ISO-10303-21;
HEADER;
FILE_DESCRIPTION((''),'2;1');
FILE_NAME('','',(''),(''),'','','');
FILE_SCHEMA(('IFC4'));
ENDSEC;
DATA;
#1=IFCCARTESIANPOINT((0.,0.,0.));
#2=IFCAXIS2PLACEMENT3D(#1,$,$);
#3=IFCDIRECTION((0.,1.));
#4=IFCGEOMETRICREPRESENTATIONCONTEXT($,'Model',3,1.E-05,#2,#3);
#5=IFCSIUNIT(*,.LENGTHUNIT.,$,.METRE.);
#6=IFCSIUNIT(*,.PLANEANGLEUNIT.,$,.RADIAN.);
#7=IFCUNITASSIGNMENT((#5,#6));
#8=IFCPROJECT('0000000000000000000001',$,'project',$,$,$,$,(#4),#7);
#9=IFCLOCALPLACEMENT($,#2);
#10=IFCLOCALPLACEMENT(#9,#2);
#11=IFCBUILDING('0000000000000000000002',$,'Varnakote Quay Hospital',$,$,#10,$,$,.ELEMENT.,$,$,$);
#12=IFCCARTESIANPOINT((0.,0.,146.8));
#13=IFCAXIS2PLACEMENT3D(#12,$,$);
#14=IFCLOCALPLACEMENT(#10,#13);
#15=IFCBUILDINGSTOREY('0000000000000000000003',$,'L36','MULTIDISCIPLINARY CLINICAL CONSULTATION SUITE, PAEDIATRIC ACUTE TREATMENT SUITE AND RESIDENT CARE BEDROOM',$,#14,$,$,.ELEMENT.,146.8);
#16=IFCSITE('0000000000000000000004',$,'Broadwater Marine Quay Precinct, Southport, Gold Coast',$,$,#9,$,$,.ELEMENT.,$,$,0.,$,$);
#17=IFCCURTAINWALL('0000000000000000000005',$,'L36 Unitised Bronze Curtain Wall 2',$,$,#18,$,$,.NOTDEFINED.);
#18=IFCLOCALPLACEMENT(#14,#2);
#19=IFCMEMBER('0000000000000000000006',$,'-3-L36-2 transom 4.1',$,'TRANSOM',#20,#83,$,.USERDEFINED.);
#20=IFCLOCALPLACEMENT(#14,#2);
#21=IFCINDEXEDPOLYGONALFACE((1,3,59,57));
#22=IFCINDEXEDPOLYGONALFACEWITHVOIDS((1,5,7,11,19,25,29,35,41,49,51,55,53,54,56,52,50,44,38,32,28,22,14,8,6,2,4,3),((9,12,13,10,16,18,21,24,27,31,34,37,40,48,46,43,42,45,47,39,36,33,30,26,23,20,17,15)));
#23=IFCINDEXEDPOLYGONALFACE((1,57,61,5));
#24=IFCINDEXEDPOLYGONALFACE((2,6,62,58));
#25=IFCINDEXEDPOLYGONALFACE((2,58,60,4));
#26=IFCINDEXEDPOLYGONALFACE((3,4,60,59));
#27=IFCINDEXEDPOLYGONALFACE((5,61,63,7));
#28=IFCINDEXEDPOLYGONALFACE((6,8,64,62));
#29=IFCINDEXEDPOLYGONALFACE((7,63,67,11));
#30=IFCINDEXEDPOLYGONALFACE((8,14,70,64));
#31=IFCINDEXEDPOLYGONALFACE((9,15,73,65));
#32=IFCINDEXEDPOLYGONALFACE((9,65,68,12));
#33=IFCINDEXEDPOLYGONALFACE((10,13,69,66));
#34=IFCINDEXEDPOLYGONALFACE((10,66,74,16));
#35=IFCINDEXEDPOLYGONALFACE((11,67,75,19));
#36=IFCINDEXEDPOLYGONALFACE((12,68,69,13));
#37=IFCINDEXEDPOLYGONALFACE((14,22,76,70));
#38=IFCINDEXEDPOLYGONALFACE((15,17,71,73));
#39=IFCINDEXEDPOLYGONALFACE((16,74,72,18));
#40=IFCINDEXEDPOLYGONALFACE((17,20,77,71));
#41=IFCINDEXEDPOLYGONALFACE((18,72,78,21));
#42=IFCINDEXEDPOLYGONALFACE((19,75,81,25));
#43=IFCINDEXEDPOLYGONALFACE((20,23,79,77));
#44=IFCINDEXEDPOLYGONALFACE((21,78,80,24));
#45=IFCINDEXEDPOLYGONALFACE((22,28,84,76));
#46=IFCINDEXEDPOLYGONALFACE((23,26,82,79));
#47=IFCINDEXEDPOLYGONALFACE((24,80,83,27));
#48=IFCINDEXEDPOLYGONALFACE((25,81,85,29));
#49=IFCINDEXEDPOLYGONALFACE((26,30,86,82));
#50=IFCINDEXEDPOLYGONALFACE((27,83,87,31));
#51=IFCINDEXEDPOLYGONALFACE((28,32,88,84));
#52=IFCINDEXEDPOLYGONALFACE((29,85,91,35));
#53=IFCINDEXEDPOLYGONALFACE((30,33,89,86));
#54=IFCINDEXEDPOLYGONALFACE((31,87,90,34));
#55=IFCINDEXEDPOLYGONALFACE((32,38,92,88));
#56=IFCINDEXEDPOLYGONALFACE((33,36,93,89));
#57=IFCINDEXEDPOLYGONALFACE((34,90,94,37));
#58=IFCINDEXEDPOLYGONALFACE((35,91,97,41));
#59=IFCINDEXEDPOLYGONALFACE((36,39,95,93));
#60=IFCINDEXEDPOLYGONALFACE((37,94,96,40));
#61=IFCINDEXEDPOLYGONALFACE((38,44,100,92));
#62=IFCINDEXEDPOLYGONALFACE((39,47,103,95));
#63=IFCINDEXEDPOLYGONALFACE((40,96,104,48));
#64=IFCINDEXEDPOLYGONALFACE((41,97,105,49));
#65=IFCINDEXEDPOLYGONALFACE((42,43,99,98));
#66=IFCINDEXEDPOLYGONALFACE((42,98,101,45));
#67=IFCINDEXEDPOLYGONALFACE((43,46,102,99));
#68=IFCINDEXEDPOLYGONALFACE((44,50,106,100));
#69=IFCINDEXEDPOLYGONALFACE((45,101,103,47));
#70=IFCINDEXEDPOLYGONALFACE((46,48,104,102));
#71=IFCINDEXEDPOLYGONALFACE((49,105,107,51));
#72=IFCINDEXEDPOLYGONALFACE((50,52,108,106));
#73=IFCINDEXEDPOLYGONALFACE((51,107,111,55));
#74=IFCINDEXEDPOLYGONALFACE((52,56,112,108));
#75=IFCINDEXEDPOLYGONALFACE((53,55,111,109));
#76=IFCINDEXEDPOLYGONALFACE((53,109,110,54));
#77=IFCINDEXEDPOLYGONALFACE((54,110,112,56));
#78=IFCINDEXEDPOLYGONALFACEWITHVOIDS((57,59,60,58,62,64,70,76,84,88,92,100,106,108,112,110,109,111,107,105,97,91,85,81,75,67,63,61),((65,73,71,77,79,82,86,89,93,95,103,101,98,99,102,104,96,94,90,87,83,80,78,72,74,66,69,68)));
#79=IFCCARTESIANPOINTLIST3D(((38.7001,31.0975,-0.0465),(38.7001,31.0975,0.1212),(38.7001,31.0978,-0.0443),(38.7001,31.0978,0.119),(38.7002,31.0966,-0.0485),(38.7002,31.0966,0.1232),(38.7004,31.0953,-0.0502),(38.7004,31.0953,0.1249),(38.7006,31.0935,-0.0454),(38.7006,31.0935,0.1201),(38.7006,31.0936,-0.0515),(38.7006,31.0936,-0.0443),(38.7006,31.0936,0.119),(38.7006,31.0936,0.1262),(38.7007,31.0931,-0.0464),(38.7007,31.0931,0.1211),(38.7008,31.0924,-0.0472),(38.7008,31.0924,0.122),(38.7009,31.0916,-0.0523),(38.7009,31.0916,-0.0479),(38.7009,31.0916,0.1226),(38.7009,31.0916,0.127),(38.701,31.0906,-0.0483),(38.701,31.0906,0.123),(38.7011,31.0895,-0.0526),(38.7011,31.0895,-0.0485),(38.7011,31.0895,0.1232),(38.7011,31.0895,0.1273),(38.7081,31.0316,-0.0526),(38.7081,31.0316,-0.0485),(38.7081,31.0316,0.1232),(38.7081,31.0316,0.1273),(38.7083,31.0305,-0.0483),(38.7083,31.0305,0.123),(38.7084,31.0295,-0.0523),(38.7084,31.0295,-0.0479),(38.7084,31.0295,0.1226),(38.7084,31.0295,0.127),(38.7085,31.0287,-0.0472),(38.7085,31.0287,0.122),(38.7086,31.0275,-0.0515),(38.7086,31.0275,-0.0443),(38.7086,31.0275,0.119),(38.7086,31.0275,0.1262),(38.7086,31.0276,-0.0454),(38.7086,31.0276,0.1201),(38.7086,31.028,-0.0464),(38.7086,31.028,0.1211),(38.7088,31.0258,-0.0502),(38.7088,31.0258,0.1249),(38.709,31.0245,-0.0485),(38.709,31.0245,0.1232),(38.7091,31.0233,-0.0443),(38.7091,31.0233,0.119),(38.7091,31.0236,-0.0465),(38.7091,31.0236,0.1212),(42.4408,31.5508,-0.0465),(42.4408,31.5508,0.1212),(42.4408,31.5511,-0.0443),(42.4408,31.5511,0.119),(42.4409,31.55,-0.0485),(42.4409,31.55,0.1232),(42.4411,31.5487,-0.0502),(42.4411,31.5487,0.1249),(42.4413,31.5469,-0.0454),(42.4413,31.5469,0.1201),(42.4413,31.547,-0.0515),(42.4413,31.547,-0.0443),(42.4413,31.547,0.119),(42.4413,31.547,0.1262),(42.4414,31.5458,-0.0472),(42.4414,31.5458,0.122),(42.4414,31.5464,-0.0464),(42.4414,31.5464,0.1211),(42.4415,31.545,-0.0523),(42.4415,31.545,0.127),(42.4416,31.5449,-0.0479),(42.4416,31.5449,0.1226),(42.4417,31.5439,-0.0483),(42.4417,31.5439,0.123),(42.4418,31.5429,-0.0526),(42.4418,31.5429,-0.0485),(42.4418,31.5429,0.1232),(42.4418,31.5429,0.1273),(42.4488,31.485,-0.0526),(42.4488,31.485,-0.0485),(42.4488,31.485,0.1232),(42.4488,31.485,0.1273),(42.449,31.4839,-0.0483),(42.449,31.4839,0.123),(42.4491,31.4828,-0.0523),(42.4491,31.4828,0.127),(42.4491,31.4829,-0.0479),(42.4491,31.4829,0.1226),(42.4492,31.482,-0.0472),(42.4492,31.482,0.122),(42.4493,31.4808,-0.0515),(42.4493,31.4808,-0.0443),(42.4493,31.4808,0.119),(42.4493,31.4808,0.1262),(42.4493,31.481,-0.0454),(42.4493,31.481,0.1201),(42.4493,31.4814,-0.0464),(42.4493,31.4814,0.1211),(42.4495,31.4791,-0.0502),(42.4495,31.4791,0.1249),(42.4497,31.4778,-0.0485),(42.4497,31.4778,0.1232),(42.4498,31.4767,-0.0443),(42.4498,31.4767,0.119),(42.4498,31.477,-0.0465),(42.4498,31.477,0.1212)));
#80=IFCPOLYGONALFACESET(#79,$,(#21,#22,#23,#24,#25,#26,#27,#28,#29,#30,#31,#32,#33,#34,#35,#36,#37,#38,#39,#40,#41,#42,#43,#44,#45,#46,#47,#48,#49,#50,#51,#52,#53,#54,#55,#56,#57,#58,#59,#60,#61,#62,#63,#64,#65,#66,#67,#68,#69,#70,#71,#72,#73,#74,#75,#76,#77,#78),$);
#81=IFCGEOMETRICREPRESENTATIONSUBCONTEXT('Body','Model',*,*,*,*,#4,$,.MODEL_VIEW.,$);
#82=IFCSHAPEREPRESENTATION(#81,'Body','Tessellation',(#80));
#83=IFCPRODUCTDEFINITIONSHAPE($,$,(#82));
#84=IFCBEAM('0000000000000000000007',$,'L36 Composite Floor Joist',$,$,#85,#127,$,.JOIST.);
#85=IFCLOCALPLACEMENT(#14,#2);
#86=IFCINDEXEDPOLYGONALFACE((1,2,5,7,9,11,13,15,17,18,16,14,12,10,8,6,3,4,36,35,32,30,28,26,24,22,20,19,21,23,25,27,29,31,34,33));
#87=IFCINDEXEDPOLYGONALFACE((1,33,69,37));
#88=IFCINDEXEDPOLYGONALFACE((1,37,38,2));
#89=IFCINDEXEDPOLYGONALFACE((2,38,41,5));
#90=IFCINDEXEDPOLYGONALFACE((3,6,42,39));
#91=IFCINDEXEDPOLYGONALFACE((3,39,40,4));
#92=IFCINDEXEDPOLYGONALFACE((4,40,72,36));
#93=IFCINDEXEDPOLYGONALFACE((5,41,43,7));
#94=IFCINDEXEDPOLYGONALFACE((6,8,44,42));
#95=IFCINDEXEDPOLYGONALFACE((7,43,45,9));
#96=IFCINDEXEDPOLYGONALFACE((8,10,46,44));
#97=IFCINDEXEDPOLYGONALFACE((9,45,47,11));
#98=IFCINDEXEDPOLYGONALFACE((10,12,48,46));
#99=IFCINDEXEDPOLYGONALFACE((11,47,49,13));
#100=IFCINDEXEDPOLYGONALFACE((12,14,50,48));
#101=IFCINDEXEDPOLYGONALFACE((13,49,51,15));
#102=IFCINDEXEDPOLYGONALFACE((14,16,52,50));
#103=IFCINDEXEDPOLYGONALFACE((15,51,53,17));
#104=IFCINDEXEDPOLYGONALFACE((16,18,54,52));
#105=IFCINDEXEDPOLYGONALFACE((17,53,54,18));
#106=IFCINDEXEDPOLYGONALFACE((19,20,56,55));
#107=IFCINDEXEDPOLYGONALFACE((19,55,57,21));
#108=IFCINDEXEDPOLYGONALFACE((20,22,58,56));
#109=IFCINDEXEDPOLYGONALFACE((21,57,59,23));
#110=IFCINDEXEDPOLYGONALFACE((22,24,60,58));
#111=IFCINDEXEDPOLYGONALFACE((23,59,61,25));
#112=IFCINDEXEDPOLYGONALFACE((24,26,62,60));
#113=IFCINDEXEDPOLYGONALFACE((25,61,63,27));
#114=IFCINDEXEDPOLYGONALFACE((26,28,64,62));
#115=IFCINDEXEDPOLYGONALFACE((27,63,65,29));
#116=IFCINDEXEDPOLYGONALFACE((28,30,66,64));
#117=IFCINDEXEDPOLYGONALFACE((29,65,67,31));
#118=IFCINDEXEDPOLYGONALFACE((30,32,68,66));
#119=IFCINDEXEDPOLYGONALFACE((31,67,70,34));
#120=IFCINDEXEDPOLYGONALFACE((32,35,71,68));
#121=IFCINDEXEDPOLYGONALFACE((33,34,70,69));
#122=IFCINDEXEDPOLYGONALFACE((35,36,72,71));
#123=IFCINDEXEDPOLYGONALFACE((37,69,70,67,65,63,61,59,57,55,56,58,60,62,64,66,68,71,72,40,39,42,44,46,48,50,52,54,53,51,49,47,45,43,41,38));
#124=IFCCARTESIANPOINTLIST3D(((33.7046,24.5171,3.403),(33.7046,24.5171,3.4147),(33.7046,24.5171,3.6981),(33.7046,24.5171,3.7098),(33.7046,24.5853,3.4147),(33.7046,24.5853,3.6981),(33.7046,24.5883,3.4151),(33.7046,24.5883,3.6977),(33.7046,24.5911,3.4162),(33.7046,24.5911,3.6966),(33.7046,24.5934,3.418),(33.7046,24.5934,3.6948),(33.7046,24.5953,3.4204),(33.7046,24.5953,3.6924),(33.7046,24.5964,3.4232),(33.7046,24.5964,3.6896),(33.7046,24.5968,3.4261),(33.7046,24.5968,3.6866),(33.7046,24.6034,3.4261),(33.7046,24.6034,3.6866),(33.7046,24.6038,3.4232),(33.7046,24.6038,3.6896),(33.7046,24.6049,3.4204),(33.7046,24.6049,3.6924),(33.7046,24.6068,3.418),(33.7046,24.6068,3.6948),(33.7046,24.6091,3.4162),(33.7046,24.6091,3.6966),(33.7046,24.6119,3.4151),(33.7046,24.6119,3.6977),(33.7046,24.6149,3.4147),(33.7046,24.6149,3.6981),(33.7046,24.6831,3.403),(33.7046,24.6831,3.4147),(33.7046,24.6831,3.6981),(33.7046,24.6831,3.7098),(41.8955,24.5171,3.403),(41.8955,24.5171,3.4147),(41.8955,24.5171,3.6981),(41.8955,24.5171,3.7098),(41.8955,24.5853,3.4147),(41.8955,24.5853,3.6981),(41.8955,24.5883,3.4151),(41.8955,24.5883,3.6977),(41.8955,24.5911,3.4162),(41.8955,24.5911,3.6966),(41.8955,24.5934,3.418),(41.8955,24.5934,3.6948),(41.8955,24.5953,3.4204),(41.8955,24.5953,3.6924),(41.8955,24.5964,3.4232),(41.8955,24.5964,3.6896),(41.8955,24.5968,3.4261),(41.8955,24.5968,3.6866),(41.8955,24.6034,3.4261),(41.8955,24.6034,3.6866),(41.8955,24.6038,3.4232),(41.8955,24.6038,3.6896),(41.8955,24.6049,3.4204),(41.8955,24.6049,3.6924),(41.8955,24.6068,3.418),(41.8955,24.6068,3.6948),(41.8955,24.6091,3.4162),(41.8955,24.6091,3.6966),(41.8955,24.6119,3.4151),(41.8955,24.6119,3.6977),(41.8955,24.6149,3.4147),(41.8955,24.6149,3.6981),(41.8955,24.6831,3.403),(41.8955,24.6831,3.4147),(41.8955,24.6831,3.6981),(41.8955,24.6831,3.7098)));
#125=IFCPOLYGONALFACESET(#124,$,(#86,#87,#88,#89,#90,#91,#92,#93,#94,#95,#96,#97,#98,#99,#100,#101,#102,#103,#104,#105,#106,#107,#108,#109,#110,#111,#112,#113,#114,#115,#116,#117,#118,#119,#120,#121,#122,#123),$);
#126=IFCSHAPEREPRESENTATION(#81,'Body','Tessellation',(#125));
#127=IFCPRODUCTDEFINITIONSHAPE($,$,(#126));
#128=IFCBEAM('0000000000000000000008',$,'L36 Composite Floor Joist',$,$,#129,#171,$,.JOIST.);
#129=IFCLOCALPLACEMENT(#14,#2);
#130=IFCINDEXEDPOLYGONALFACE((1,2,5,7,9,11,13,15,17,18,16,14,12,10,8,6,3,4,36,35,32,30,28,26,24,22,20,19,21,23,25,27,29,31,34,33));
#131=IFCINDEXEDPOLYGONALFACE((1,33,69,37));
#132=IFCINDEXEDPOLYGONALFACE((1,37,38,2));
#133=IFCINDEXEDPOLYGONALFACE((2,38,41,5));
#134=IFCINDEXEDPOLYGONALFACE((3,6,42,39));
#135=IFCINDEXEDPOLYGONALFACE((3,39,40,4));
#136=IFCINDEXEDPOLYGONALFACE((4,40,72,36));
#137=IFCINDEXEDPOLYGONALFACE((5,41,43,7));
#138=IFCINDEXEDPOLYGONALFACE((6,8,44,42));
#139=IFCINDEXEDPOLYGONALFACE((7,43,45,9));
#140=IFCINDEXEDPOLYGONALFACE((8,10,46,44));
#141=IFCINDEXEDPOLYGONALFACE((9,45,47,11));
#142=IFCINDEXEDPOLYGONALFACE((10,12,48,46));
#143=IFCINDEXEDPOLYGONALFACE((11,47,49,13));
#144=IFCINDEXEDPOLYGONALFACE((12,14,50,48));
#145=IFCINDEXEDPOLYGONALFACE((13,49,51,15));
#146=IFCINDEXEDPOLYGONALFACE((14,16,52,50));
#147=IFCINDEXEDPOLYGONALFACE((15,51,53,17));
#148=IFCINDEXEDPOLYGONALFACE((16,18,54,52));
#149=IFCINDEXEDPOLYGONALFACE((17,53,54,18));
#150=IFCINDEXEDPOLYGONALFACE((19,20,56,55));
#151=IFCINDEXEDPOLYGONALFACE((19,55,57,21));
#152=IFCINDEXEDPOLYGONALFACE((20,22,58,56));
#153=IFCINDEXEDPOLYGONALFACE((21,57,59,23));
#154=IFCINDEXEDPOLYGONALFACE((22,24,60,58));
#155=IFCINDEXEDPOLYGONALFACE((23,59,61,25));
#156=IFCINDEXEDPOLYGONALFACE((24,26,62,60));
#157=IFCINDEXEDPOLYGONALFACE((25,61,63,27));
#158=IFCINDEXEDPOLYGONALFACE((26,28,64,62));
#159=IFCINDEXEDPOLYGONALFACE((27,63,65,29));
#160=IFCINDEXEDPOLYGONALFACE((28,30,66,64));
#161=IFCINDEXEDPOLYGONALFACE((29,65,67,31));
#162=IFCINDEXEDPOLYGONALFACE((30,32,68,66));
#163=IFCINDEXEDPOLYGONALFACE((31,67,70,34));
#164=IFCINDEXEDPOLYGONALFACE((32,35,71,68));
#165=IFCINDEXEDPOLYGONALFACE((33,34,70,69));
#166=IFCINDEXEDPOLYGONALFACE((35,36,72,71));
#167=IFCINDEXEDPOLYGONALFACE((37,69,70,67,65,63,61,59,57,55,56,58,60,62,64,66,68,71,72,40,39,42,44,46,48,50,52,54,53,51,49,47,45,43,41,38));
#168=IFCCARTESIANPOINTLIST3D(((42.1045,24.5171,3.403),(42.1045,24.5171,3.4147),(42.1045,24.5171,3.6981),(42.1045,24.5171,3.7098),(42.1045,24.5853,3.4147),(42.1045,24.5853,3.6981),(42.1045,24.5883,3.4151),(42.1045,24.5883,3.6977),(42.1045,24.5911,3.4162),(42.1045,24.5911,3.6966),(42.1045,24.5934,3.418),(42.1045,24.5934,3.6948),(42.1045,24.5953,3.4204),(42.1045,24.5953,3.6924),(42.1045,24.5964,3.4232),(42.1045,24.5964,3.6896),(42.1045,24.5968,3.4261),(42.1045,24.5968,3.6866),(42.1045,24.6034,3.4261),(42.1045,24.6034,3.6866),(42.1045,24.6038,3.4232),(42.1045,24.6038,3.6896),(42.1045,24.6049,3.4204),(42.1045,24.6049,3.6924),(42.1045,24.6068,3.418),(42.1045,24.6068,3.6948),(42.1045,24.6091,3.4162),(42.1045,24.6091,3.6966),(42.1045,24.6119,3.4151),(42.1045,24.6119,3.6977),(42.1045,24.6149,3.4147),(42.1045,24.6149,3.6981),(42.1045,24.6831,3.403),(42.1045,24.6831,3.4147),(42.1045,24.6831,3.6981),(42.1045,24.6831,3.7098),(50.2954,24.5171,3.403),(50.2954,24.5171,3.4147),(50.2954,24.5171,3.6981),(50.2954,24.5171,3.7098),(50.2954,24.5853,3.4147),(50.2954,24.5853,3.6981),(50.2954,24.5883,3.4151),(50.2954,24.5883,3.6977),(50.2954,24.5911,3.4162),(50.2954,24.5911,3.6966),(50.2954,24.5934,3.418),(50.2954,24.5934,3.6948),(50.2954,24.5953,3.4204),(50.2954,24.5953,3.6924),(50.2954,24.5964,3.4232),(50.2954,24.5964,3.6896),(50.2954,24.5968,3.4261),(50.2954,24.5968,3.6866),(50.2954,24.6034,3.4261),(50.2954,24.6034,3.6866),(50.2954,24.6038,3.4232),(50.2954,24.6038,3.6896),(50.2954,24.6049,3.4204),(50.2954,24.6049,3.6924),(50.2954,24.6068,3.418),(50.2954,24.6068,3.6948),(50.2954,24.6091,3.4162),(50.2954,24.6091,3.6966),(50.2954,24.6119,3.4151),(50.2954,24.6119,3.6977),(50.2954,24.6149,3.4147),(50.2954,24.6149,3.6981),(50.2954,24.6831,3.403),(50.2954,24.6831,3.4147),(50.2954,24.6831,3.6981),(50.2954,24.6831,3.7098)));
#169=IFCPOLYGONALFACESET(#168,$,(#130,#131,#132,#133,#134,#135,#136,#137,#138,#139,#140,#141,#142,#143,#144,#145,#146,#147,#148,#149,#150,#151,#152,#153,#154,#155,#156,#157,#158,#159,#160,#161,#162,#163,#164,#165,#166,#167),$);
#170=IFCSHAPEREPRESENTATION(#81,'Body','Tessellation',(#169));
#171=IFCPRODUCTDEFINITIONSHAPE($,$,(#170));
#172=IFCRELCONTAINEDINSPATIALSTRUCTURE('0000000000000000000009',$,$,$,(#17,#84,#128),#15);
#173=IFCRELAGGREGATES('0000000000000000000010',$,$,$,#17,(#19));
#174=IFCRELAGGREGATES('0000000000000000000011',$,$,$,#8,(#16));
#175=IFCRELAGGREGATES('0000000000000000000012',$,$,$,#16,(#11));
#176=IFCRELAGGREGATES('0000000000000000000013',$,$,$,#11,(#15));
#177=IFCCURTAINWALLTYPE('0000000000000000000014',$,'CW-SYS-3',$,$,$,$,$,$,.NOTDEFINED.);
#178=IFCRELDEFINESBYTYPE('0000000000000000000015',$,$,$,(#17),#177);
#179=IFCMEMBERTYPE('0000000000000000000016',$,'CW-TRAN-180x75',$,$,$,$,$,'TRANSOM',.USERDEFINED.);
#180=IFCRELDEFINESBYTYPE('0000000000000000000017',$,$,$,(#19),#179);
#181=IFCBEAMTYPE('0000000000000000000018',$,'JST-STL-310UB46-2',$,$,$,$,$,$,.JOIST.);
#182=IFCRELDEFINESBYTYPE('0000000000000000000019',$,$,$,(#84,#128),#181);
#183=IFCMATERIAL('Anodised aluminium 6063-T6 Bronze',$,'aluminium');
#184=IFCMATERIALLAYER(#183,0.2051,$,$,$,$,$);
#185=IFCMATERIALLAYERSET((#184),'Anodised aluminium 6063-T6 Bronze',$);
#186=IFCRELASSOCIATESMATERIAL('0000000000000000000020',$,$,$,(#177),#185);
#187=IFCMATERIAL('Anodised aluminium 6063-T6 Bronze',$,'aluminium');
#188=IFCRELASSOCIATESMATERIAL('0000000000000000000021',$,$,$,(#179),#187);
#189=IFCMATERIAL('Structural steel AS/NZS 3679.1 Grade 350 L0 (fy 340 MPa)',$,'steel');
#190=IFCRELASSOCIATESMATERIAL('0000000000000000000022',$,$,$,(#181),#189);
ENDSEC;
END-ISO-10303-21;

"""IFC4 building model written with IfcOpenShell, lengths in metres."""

from ifc_helpers import new_model, si_unit, direction, frame, origin, origin_2d, place, context, subcontext, project, spatial, hollow_rectangle, i_section, extrude, material, layer, layer_set, material_profile, profile_set, type_object, element, aggregate, save


model = new_model("IFC4")

# Units and contexts
model_context = context("Model", 3, precision=1e-05, world=origin(), true_north=direction((0.0, 1.0)))
body_context = subcontext(model_context, "Body", "Model", "MODEL_VIEW")
ifc_project = project(units=[si_unit("LENGTHUNIT", "METRE"), si_unit("PLANEANGLEUNIT", "RADIAN")], contexts=[model_context])

# Site, building, storey
site_placement = place(None, origin())
site = spatial("IfcSite", under=ifc_project, at=site_placement, Name="Broadwater Marine Quay Precinct, Southport, Gold Coast", CompositionType="ELEMENT", RefElevation=0.0)
building_placement = place(site_placement, origin())
building = spatial("IfcBuilding", under=site, at=building_placement, Name="Varnakote Quay Hospital", CompositionType="ELEMENT")
storey_placement = place(building_placement, frame((0.0, 0.0, 146.8)))
storey = spatial("IfcBuildingStorey", under=building, at=storey_placement, Name="L36", Description="MULTIDISCIPLINARY CLINICAL CONSULTATION SUITE, PAEDIATRIC ACUTE TREATMENT SUITE AND RESIDENT CARE BEDROOM", CompositionType="ELEMENT", Elevation=146.8)

# Curtain wall, member
ifc_material_1 = material(Name="Anodised aluminium 6063-T6 Bronze", Category="aluminium")
ifc_layer_1 = layer(ifc_material_1, 0.2051)
ifc_layer_set_1 = layer_set([ifc_layer_1], Name="Anodised aluminium 6063-T6 Bronze")
curtain_wall_type = type_object("IfcCurtainWallType", Name="CW-SYS-3", PredefinedType="NOTDEFINED", material=ifc_layer_set_1)
curtain_wall_placement = place(storey_placement, origin())
curtain_wall = element("IfcCurtainWall", 1, at=curtain_wall_placement, inside=storey, type_object=curtain_wall_type, Name="L36 Unitised Bronze Curtain Wall 2", PredefinedType="NOTDEFINED")
ifc_material_2 = material(Name="Anodised aluminium 6063-T6 Bronze", Category="aluminium")
ifc_material_profile_1 = material_profile(ifc_material_2, hollow_rectangle(XDim=0.075, YDim=0.1799, WallThickness=0.0042, InnerFilletRadius=0.0042, OuterFilletRadius=0.0083, at=origin_2d()), Name="CW-TRAN-180x75")
ifc_profile_set_1 = profile_set([ifc_material_profile_1], Name="Anodised aluminium 6063-T6 Bronze")
member_type_1 = type_object("IfcMemberType", Name="CW-TRAN-180x75", ElementType="TRANSOM", PredefinedType="USERDEFINED", material=ifc_profile_set_1)
member_1_placement = place(storey_placement, frame((42.4453, 31.5139, 0.0374), z_axis=(-0.992735, -0.120318, 0.0), x_axis=(0.120318, -0.992735, 0.0)))
member_1 = element("IfcMember", 2, at=member_1_placement, type_object=member_type_1, Name="-3-L36-2 transom 4.1", ObjectType="TRANSOM", PredefinedType="USERDEFINED", context=body_context, shape_type="SweptSolid", body=[
    extrude(hollow_rectangle(XDim=0.075, YDim=0.1799, WallThickness=0.0042, InnerFilletRadius=0.0042, OuterFilletRadius=0.0083, at=origin_2d()), origin(), (0.0, 0.0, 1.0), 3.7681),
])

# Beams
ifc_material_3 = material(Name="Structural steel AS/NZS 3679.1 Grade 350 L0 (fy 340 MPa)", Category="steel")
ifc_material_profile_2 = material_profile(ifc_material_3, i_section(OverallWidth=0.166, OverallDepth=0.3069, WebThickness=0.0066, FlangeThickness=0.0117, FilletRadius=0.0115, at=origin_2d()), Name="310UB46.2")
ifc_profile_set_2 = profile_set([ifc_material_profile_2], Name="Structural steel AS/NZS 3679.1 Grade 350 L0 (fy 340 MPa)")
beam_type_1 = type_object("IfcBeamType", Name="JST-STL-310UB46-2", PredefinedType="JOIST", material=ifc_profile_set_2)
for number, where, z_axis, x_axis, name in (
    (3, (33.7046, 24.6001, 3.5564), (1.0, 0.0, 0.0), (0.0, 1.0, 0.0), "L36 Composite Floor Joist"),
    (4, (42.1045, 24.6001, 3.5564), (1.0, 0.0, 0.0), (0.0, 1.0, 0.0), "L36 Composite Floor Joist"),
):
    element("IfcBeam", number, at=place(storey_placement, frame(where, z_axis=z_axis, x_axis=x_axis)), inside=storey, type_object=beam_type_1, Name=name, PredefinedType="JOIST", context=body_context, shape_type="SweptSolid", body=[
        extrude(i_section(OverallWidth=0.166, OverallDepth=0.3069, WebThickness=0.0066, FlangeThickness=0.0117, FilletRadius=0.0115, at=origin_2d()), origin(), (0.0, 0.0, 1.0), 8.1909),
    ])

aggregate(curtain_wall, [member_1])

save(model, "model.ifc")
